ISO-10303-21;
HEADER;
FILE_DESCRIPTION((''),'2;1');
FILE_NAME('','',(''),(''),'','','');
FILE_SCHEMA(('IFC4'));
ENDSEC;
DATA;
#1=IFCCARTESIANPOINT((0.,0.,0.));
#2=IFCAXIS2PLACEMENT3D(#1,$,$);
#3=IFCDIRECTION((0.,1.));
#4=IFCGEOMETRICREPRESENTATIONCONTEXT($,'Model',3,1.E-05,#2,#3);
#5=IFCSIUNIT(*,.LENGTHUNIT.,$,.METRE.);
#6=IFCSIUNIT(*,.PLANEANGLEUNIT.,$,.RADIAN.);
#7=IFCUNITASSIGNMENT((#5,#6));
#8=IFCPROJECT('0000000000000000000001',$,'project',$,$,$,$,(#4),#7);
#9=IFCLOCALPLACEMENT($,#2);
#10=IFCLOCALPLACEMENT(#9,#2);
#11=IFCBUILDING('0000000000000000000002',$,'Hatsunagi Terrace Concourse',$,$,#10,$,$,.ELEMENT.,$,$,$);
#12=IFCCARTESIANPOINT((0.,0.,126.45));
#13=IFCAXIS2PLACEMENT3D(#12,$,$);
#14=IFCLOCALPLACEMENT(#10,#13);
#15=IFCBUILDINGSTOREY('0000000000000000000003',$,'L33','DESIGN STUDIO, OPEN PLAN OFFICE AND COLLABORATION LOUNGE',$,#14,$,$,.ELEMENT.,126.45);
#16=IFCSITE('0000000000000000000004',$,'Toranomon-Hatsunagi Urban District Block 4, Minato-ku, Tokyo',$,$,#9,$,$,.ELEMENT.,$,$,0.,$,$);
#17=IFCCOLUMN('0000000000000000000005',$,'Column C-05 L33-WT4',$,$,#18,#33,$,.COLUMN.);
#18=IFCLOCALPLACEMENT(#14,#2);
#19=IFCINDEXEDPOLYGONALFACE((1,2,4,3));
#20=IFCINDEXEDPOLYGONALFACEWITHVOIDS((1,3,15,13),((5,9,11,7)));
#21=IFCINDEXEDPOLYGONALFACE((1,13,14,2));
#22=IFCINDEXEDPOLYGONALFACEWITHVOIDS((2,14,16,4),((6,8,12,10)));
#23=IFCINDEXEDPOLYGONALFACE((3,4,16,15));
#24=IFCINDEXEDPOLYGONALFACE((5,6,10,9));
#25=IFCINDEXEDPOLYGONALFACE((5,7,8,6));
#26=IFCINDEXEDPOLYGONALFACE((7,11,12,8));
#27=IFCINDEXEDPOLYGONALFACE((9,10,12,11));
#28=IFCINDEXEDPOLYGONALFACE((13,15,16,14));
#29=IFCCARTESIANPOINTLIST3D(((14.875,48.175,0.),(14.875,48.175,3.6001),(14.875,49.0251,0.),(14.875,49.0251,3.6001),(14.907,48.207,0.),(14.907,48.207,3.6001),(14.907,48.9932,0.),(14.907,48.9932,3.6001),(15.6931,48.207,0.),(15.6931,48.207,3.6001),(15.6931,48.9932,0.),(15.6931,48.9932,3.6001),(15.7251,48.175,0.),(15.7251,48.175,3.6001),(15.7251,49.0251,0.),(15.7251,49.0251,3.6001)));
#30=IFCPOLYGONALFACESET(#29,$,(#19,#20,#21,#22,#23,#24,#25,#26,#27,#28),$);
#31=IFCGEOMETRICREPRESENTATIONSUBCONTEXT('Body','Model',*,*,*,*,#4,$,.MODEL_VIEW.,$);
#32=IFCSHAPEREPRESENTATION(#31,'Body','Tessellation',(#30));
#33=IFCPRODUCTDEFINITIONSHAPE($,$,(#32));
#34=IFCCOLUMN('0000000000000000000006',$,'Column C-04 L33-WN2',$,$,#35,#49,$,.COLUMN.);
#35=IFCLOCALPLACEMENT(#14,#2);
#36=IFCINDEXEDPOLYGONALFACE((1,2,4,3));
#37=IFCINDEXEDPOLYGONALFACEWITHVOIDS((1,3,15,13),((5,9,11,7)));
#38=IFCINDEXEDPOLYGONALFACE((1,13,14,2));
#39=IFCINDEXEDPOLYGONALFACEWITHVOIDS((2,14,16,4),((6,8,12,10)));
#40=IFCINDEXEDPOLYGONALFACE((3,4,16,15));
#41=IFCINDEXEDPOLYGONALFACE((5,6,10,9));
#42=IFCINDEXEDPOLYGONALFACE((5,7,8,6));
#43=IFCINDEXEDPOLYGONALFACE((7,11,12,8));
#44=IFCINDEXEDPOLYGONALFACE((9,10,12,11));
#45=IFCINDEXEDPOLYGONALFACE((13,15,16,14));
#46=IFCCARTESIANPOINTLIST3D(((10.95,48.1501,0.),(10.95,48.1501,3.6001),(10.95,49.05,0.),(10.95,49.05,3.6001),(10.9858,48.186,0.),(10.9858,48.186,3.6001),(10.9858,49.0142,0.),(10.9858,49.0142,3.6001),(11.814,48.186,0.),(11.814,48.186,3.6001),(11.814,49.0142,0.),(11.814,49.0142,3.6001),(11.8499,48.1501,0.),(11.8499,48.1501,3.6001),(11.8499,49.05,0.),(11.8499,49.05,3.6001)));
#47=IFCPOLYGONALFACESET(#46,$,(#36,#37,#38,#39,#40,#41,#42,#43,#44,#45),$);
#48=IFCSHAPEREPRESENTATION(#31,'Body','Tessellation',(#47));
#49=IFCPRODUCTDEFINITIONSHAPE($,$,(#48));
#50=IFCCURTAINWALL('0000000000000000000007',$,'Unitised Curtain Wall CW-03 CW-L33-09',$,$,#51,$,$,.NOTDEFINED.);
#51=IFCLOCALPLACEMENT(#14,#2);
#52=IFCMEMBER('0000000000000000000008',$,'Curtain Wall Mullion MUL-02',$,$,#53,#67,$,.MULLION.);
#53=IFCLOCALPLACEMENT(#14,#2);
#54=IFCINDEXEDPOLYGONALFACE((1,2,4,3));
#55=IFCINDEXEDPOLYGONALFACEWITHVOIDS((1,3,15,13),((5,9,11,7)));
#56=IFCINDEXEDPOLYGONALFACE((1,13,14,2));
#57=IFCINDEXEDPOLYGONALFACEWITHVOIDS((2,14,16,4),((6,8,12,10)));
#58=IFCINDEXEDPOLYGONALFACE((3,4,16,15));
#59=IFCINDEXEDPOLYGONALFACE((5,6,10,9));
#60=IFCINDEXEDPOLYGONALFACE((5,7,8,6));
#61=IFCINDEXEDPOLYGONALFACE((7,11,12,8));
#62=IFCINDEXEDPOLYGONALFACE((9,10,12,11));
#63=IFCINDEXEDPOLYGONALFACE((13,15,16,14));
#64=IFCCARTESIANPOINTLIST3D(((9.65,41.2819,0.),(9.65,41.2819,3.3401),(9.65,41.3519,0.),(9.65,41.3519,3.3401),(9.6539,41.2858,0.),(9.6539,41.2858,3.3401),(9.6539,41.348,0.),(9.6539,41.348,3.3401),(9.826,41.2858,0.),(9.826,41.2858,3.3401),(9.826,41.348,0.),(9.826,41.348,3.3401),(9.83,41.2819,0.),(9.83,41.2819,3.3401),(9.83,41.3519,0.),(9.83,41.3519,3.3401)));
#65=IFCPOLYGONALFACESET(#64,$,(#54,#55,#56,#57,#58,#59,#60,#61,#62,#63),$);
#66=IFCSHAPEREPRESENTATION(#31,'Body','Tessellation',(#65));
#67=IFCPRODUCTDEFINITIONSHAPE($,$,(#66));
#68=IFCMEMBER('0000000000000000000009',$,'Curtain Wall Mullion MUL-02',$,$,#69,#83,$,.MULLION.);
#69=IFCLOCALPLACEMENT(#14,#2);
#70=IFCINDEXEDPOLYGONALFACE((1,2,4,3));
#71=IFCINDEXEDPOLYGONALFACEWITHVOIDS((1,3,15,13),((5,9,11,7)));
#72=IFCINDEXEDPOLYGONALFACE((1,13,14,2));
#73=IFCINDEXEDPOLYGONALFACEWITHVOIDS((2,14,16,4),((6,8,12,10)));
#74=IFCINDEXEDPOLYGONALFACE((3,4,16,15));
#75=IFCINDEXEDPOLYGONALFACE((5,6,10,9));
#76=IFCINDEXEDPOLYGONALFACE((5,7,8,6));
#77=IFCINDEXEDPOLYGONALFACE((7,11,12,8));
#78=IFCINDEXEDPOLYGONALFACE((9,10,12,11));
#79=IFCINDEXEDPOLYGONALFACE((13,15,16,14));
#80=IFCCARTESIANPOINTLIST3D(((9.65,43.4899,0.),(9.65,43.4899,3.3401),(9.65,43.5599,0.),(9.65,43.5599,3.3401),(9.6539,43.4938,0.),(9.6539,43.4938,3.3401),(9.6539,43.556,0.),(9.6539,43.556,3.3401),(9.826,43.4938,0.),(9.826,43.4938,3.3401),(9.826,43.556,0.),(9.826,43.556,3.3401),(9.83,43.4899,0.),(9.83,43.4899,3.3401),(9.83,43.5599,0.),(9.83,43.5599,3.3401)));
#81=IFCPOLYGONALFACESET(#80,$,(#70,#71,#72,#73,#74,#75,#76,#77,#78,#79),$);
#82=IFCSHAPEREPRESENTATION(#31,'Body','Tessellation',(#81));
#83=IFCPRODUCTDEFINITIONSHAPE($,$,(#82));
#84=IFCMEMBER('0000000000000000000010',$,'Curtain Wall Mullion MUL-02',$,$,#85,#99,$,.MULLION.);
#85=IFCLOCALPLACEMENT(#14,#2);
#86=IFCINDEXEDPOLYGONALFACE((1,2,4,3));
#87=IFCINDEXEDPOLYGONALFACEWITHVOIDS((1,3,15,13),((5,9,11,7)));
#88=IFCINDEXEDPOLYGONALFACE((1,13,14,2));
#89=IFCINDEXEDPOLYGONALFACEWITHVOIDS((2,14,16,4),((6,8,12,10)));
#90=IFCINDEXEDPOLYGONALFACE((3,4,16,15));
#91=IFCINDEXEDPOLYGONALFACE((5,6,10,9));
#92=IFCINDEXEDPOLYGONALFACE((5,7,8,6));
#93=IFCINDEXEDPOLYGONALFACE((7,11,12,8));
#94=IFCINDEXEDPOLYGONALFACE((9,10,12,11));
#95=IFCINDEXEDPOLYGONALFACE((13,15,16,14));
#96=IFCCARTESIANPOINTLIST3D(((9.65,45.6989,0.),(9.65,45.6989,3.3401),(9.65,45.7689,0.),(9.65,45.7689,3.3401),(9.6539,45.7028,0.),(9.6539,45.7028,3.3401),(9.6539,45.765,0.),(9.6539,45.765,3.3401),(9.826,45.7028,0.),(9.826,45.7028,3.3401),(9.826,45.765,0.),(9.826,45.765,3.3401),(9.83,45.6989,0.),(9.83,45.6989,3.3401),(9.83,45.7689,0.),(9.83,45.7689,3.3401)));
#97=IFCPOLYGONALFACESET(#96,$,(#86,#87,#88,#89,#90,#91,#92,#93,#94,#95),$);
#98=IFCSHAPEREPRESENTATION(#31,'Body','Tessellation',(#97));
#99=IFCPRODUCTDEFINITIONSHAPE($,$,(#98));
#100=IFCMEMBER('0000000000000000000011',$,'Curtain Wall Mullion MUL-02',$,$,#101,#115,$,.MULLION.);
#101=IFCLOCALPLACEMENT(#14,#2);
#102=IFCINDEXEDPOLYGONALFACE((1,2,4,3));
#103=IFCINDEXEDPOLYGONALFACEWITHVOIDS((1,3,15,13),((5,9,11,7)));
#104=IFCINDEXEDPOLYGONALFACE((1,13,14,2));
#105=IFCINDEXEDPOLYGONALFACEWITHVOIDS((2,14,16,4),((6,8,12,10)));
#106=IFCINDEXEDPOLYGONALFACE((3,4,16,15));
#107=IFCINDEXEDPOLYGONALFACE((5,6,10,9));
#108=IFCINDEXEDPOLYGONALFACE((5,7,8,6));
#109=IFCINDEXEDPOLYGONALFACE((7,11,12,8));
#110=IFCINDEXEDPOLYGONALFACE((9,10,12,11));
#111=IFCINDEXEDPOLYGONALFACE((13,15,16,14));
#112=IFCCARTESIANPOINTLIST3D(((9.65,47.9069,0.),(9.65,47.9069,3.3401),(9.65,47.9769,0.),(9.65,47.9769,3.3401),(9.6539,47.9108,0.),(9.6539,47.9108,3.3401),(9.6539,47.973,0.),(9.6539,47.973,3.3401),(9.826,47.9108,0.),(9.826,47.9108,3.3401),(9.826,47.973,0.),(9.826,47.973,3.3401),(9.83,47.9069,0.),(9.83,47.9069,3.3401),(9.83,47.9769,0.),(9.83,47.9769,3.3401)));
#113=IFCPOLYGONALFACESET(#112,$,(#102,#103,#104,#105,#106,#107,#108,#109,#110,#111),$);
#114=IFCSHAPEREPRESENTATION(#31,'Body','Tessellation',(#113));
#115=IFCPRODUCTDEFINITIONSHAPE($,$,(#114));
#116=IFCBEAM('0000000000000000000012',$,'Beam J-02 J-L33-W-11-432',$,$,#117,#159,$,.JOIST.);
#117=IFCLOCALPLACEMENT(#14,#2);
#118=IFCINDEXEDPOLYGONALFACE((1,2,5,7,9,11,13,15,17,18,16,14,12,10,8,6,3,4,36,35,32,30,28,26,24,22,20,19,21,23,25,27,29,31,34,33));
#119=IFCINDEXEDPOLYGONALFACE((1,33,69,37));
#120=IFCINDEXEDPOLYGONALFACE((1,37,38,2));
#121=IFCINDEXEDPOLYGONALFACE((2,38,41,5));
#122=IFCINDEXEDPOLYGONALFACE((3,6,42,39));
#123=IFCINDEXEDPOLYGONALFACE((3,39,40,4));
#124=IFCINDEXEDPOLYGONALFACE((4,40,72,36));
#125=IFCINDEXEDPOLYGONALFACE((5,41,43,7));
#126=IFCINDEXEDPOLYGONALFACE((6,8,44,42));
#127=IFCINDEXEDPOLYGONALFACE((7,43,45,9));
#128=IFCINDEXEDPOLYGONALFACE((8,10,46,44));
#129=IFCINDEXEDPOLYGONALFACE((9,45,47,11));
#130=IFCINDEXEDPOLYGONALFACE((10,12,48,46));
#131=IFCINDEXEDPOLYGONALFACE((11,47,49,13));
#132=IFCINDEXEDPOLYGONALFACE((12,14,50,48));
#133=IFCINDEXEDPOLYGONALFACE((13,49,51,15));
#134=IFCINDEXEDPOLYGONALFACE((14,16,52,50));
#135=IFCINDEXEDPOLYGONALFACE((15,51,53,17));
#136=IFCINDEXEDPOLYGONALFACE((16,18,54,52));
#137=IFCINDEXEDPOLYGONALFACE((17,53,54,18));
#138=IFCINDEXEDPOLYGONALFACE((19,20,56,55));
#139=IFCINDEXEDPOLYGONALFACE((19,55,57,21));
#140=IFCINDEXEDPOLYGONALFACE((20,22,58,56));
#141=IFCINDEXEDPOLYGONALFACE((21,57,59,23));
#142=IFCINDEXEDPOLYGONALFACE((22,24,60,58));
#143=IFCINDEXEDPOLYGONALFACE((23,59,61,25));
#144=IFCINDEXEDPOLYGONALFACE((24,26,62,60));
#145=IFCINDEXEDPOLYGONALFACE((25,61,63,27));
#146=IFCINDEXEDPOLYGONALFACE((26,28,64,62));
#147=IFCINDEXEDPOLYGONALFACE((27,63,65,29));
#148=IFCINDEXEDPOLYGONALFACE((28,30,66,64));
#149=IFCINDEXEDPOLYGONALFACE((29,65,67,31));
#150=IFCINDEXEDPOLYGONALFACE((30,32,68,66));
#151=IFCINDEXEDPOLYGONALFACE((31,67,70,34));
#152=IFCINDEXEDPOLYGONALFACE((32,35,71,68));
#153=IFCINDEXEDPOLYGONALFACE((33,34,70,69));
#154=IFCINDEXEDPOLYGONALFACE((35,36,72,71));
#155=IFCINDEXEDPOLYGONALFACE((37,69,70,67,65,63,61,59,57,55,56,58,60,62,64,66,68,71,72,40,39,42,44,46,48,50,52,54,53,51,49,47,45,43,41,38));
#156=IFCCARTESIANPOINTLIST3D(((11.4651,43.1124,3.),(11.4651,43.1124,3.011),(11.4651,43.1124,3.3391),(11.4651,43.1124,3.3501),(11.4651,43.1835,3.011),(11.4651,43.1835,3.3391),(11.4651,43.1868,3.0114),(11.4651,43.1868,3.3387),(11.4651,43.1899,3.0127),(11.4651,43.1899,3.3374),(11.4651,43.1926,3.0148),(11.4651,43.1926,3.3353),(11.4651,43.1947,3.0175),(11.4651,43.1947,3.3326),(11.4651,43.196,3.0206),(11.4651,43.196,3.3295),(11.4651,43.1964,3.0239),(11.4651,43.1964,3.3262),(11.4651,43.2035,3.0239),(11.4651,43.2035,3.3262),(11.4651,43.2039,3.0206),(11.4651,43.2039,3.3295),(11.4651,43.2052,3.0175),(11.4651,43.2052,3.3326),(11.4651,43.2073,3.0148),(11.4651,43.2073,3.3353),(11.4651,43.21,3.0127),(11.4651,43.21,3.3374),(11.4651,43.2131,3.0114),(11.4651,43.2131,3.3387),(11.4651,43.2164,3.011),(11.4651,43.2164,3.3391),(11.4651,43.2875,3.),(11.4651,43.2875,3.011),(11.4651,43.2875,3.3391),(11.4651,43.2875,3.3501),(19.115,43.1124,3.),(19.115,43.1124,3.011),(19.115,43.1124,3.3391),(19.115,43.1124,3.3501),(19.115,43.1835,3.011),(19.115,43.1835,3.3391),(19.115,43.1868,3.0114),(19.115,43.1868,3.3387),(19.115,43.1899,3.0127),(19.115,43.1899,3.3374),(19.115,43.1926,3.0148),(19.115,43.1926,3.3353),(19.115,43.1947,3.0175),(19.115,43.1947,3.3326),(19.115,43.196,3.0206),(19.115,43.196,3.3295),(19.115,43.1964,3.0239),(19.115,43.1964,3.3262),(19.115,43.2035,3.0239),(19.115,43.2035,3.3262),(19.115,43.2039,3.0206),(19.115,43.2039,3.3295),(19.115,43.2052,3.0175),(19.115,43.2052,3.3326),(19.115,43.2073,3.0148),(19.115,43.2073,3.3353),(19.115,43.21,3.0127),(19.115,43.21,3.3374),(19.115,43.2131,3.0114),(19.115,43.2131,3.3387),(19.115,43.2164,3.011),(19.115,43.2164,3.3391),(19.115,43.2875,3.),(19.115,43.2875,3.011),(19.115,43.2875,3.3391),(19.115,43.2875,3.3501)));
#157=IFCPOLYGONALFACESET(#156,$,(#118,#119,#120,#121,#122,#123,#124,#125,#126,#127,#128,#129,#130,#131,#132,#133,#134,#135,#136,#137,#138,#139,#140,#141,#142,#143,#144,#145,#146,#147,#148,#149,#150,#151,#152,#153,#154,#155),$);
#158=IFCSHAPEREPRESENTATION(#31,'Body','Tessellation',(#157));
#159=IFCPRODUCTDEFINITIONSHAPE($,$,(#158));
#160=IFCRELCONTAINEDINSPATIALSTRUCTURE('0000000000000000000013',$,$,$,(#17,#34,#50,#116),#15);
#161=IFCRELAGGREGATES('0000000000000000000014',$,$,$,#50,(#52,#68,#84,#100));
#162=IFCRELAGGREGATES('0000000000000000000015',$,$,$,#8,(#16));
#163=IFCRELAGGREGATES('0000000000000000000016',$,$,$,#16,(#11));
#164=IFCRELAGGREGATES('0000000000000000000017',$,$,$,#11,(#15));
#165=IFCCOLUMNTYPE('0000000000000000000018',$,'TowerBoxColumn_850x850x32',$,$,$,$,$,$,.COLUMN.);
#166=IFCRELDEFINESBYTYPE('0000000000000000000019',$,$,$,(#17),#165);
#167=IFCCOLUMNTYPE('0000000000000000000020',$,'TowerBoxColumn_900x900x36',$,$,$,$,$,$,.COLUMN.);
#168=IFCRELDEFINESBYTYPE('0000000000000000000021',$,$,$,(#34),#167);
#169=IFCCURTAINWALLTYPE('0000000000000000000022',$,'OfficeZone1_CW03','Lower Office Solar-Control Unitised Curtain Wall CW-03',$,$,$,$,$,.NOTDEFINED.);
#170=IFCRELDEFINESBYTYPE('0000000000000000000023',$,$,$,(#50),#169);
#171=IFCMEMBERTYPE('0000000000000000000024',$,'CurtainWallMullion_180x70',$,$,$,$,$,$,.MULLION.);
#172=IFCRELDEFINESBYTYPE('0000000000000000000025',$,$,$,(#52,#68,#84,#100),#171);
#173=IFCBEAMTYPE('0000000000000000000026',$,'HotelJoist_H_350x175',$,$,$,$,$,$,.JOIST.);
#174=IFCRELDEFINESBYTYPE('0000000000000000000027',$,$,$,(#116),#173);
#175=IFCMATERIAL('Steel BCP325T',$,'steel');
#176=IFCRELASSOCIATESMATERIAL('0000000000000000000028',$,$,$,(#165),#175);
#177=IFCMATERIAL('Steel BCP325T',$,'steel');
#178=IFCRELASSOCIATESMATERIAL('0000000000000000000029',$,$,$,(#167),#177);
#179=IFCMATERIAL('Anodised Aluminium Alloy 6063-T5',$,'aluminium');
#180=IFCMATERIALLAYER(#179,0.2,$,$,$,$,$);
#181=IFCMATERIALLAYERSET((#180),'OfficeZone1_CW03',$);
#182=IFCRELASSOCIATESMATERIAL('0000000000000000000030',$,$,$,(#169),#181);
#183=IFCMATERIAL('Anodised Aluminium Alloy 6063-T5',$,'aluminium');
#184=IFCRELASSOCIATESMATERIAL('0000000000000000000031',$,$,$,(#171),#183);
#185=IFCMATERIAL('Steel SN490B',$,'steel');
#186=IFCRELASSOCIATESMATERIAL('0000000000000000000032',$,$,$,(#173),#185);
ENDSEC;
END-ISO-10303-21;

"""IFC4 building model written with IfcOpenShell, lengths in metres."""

from ifc_helpers import new_model, si_unit, direction, frame, origin, origin_2d, place, context, subcontext, project, spatial, hollow_rectangle, i_section, extrude, material, layer, layer_set, material_profile, profile_set, type_object, element, aggregate, save


model = new_model("IFC4")

# Units and contexts
model_context = context("Model", 3, precision=1e-05, world=origin(), true_north=direction((0.0, 1.0)))
body_context = subcontext(model_context, "Body", "Model", "MODEL_VIEW")
ifc_project = project(units=[si_unit("LENGTHUNIT", "METRE"), si_unit("PLANEANGLEUNIT", "RADIAN")], contexts=[model_context])

# Site, building, storey
site_placement = place(None, origin())
site = spatial("IfcSite", under=ifc_project, at=site_placement, Name="Toranomon-Hatsunagi Urban District Block 4, Minato-ku, Tokyo", CompositionType="ELEMENT", RefElevation=0.0)
building_placement = place(site_placement, origin())
building = spatial("IfcBuilding", under=site, at=building_placement, Name="Hatsunagi Terrace Concourse", CompositionType="ELEMENT")
storey_placement = place(building_placement, frame((0.0, 0.0, 126.45)))
storey = spatial("IfcBuildingStorey", under=building, at=storey_placement, Name="L33", Description="DESIGN STUDIO, OPEN PLAN OFFICE AND COLLABORATION LOUNGE", CompositionType="ELEMENT", Elevation=126.45)

# Columns
ifc_material_1 = material(Name="Steel BCP325T", Category="steel")
ifc_material_profile_1 = material_profile(ifc_material_1, hollow_rectangle(XDim=0.8501, YDim=0.8501, WallThickness=0.032, at=origin_2d()), Name="BCP-850x850x32")
ifc_profile_set_1 = profile_set([ifc_material_profile_1], Name="Steel BCP325T")
column_type_1 = type_object("IfcColumnType", Name="TowerBoxColumn_850x850x32", PredefinedType="COLUMN", material=ifc_profile_set_1)
column_1_placement = place(storey_placement, frame((15.3, 48.6001, 0.0), z_axis=(0.0, 0.0, 1.0), x_axis=(1.0, 0.0, 0.0)))
element("IfcColumn", 1, at=column_1_placement, inside=storey, type_object=column_type_1, Name="Column C-05 L33-WT4", PredefinedType="COLUMN", context=body_context, shape_type="SweptSolid", body=[
    extrude(hollow_rectangle(XDim=0.8501, YDim=0.8501, WallThickness=0.032, at=origin_2d()), origin(), (0.0, 0.0, 1.0), 3.6001),
])
ifc_material_2 = material(Name="Steel BCP325T", Category="steel")
ifc_material_profile_2 = material_profile(ifc_material_2, hollow_rectangle(XDim=0.8999, YDim=0.8999, WallThickness=0.0359, at=origin_2d()), Name="BCP-900x900x36")
ifc_profile_set_2 = profile_set([ifc_material_profile_2], Name="Steel BCP325T")
column_type_2 = type_object("IfcColumnType", Name="TowerBoxColumn_900x900x36", PredefinedType="COLUMN", material=ifc_profile_set_2)
column_2_placement = place(storey_placement, frame((11.3999, 48.6001, 0.0), z_axis=(0.0, 0.0, 1.0), x_axis=(1.0, 0.0, 0.0)))
element("IfcColumn", 2, at=column_2_placement, inside=storey, type_object=column_type_2, Name="Column C-04 L33-WN2", PredefinedType="COLUMN", context=body_context, shape_type="SweptSolid", body=[
    extrude(hollow_rectangle(XDim=0.8999, YDim=0.8999, WallThickness=0.0359, at=origin_2d()), origin(), (0.0, 0.0, 1.0), 3.6001),
])

# Curtain wall, members
ifc_material_3 = material(Name="Anodised Aluminium Alloy 6063-T5", Category="aluminium")
ifc_layer_1 = layer(ifc_material_3, 0.2)
ifc_layer_set_1 = layer_set([ifc_layer_1], Name="OfficeZone1_CW03")
curtain_wall_type = type_object("IfcCurtainWallType", Name="OfficeZone1_CW03", Description="Lower Office Solar-Control Unitised Curtain Wall CW-03", PredefinedType="NOTDEFINED", material=ifc_layer_set_1)
curtain_wall_placement = place(storey_placement, origin())
curtain_wall = element("IfcCurtainWall", 3, at=curtain_wall_placement, inside=storey, type_object=curtain_wall_type, Name="Unitised Curtain Wall CW-03 CW-L33-09", PredefinedType="NOTDEFINED")
ifc_material_4 = material(Name="Anodised Aluminium Alloy 6063-T5", Category="aluminium")
ifc_material_profile_3 = material_profile(ifc_material_4, hollow_rectangle(XDim=0.0701, YDim=0.1799, WallThickness=0.0039, at=origin_2d()), Name="ALU-MUL-180x70x4")
ifc_profile_set_3 = profile_set([ifc_material_profile_3], Name="Anodised Aluminium Alloy 6063-T5")
member_type = type_object("IfcMemberType", Name="CurtainWallMullion_180x70", PredefinedType="MULLION", material=ifc_profile_set_3)
member_1_placement = place(storey_placement, frame((9.74, 41.3169, 0.0), z_axis=(0.0, 0.0, 1.0), x_axis=(0.0, 1.0, 0.0)))
member_1 = element("IfcMember", 4, at=member_1_placement, type_object=member_type, Name="Curtain Wall Mullion MUL-02", PredefinedType="MULLION", context=body_context, shape_type="SweptSolid", body=[
    extrude(hollow_rectangle(XDim=0.0701, YDim=0.1799, WallThickness=0.0039, at=origin_2d()), origin(), (0.0, 0.0, 1.0), 3.3401),
])
member_2_placement = place(storey_placement, frame((9.74, 43.5249, 0.0), z_axis=(0.0, 0.0, 1.0), x_axis=(0.0, 1.0, 0.0)))
member_2 = element("IfcMember", 5, at=member_2_placement, type_object=member_type, Name="Curtain Wall Mullion MUL-02", PredefinedType="MULLION", context=body_context, shape_type="SweptSolid", body=[
    extrude(hollow_rectangle(XDim=0.0701, YDim=0.1799, WallThickness=0.0039, at=origin_2d()), origin(), (0.0, 0.0, 1.0), 3.3401),
])
member_3_placement = place(storey_placement, frame((9.74, 45.7339, 0.0), z_axis=(0.0, 0.0, 1.0), x_axis=(0.0, 1.0, 0.0)))
member_3 = element("IfcMember", 6, at=member_3_placement, type_object=member_type, Name="Curtain Wall Mullion MUL-02", PredefinedType="MULLION", context=body_context, shape_type="SweptSolid", body=[
    extrude(hollow_rectangle(XDim=0.0701, YDim=0.1799, WallThickness=0.0039, at=origin_2d()), origin(), (0.0, 0.0, 1.0), 3.3401),
])
member_4_placement = place(storey_placement, frame((9.74, 47.9419, 0.0), z_axis=(0.0, 0.0, 1.0), x_axis=(0.0, 1.0, 0.0)))
member_4 = element("IfcMember", 7, at=member_4_placement, type_object=member_type, Name="Curtain Wall Mullion MUL-02", PredefinedType="MULLION", context=body_context, shape_type="SweptSolid", body=[
    extrude(hollow_rectangle(XDim=0.0701, YDim=0.1799, WallThickness=0.0039, at=origin_2d()), origin(), (0.0, 0.0, 1.0), 3.3401),
])

# Beam
ifc_material_5 = material(Name="Steel SN490B", Category="steel")
ifc_material_profile_4 = material_profile(ifc_material_5, i_section(OverallWidth=0.175, OverallDepth=0.3501, WebThickness=0.0071, FlangeThickness=0.011, FilletRadius=0.0129, at=origin_2d()), Name="H-350x175x7x11")
ifc_profile_set_4 = profile_set([ifc_material_profile_4], Name="Steel SN490B")
beam_type_1 = type_object("IfcBeamType", Name="HotelJoist_H_350x175", PredefinedType="JOIST", material=ifc_profile_set_4)
for number, where, z_axis, x_axis, name in (
    (8, (11.4651, 43.2, 3.175), (1.0, 0.0, 0.0), (0.0, 1.0, 0.0), "Beam J-02 J-L33-W-11-432"),
):
    element("IfcBeam", number, at=place(storey_placement, frame(where, z_axis=z_axis, x_axis=x_axis)), inside=storey, type_object=beam_type_1, Name=name, PredefinedType="JOIST", context=body_context, shape_type="SweptSolid", body=[
        extrude(i_section(OverallWidth=0.175, OverallDepth=0.3501, WebThickness=0.0071, FlangeThickness=0.011, FilletRadius=0.0129, at=origin_2d()), origin(), (0.0, 0.0, 1.0), 7.6499),
    ])

aggregate(curtain_wall, [member_1, member_2, member_3, member_4])

save(model, "model.ifc")
